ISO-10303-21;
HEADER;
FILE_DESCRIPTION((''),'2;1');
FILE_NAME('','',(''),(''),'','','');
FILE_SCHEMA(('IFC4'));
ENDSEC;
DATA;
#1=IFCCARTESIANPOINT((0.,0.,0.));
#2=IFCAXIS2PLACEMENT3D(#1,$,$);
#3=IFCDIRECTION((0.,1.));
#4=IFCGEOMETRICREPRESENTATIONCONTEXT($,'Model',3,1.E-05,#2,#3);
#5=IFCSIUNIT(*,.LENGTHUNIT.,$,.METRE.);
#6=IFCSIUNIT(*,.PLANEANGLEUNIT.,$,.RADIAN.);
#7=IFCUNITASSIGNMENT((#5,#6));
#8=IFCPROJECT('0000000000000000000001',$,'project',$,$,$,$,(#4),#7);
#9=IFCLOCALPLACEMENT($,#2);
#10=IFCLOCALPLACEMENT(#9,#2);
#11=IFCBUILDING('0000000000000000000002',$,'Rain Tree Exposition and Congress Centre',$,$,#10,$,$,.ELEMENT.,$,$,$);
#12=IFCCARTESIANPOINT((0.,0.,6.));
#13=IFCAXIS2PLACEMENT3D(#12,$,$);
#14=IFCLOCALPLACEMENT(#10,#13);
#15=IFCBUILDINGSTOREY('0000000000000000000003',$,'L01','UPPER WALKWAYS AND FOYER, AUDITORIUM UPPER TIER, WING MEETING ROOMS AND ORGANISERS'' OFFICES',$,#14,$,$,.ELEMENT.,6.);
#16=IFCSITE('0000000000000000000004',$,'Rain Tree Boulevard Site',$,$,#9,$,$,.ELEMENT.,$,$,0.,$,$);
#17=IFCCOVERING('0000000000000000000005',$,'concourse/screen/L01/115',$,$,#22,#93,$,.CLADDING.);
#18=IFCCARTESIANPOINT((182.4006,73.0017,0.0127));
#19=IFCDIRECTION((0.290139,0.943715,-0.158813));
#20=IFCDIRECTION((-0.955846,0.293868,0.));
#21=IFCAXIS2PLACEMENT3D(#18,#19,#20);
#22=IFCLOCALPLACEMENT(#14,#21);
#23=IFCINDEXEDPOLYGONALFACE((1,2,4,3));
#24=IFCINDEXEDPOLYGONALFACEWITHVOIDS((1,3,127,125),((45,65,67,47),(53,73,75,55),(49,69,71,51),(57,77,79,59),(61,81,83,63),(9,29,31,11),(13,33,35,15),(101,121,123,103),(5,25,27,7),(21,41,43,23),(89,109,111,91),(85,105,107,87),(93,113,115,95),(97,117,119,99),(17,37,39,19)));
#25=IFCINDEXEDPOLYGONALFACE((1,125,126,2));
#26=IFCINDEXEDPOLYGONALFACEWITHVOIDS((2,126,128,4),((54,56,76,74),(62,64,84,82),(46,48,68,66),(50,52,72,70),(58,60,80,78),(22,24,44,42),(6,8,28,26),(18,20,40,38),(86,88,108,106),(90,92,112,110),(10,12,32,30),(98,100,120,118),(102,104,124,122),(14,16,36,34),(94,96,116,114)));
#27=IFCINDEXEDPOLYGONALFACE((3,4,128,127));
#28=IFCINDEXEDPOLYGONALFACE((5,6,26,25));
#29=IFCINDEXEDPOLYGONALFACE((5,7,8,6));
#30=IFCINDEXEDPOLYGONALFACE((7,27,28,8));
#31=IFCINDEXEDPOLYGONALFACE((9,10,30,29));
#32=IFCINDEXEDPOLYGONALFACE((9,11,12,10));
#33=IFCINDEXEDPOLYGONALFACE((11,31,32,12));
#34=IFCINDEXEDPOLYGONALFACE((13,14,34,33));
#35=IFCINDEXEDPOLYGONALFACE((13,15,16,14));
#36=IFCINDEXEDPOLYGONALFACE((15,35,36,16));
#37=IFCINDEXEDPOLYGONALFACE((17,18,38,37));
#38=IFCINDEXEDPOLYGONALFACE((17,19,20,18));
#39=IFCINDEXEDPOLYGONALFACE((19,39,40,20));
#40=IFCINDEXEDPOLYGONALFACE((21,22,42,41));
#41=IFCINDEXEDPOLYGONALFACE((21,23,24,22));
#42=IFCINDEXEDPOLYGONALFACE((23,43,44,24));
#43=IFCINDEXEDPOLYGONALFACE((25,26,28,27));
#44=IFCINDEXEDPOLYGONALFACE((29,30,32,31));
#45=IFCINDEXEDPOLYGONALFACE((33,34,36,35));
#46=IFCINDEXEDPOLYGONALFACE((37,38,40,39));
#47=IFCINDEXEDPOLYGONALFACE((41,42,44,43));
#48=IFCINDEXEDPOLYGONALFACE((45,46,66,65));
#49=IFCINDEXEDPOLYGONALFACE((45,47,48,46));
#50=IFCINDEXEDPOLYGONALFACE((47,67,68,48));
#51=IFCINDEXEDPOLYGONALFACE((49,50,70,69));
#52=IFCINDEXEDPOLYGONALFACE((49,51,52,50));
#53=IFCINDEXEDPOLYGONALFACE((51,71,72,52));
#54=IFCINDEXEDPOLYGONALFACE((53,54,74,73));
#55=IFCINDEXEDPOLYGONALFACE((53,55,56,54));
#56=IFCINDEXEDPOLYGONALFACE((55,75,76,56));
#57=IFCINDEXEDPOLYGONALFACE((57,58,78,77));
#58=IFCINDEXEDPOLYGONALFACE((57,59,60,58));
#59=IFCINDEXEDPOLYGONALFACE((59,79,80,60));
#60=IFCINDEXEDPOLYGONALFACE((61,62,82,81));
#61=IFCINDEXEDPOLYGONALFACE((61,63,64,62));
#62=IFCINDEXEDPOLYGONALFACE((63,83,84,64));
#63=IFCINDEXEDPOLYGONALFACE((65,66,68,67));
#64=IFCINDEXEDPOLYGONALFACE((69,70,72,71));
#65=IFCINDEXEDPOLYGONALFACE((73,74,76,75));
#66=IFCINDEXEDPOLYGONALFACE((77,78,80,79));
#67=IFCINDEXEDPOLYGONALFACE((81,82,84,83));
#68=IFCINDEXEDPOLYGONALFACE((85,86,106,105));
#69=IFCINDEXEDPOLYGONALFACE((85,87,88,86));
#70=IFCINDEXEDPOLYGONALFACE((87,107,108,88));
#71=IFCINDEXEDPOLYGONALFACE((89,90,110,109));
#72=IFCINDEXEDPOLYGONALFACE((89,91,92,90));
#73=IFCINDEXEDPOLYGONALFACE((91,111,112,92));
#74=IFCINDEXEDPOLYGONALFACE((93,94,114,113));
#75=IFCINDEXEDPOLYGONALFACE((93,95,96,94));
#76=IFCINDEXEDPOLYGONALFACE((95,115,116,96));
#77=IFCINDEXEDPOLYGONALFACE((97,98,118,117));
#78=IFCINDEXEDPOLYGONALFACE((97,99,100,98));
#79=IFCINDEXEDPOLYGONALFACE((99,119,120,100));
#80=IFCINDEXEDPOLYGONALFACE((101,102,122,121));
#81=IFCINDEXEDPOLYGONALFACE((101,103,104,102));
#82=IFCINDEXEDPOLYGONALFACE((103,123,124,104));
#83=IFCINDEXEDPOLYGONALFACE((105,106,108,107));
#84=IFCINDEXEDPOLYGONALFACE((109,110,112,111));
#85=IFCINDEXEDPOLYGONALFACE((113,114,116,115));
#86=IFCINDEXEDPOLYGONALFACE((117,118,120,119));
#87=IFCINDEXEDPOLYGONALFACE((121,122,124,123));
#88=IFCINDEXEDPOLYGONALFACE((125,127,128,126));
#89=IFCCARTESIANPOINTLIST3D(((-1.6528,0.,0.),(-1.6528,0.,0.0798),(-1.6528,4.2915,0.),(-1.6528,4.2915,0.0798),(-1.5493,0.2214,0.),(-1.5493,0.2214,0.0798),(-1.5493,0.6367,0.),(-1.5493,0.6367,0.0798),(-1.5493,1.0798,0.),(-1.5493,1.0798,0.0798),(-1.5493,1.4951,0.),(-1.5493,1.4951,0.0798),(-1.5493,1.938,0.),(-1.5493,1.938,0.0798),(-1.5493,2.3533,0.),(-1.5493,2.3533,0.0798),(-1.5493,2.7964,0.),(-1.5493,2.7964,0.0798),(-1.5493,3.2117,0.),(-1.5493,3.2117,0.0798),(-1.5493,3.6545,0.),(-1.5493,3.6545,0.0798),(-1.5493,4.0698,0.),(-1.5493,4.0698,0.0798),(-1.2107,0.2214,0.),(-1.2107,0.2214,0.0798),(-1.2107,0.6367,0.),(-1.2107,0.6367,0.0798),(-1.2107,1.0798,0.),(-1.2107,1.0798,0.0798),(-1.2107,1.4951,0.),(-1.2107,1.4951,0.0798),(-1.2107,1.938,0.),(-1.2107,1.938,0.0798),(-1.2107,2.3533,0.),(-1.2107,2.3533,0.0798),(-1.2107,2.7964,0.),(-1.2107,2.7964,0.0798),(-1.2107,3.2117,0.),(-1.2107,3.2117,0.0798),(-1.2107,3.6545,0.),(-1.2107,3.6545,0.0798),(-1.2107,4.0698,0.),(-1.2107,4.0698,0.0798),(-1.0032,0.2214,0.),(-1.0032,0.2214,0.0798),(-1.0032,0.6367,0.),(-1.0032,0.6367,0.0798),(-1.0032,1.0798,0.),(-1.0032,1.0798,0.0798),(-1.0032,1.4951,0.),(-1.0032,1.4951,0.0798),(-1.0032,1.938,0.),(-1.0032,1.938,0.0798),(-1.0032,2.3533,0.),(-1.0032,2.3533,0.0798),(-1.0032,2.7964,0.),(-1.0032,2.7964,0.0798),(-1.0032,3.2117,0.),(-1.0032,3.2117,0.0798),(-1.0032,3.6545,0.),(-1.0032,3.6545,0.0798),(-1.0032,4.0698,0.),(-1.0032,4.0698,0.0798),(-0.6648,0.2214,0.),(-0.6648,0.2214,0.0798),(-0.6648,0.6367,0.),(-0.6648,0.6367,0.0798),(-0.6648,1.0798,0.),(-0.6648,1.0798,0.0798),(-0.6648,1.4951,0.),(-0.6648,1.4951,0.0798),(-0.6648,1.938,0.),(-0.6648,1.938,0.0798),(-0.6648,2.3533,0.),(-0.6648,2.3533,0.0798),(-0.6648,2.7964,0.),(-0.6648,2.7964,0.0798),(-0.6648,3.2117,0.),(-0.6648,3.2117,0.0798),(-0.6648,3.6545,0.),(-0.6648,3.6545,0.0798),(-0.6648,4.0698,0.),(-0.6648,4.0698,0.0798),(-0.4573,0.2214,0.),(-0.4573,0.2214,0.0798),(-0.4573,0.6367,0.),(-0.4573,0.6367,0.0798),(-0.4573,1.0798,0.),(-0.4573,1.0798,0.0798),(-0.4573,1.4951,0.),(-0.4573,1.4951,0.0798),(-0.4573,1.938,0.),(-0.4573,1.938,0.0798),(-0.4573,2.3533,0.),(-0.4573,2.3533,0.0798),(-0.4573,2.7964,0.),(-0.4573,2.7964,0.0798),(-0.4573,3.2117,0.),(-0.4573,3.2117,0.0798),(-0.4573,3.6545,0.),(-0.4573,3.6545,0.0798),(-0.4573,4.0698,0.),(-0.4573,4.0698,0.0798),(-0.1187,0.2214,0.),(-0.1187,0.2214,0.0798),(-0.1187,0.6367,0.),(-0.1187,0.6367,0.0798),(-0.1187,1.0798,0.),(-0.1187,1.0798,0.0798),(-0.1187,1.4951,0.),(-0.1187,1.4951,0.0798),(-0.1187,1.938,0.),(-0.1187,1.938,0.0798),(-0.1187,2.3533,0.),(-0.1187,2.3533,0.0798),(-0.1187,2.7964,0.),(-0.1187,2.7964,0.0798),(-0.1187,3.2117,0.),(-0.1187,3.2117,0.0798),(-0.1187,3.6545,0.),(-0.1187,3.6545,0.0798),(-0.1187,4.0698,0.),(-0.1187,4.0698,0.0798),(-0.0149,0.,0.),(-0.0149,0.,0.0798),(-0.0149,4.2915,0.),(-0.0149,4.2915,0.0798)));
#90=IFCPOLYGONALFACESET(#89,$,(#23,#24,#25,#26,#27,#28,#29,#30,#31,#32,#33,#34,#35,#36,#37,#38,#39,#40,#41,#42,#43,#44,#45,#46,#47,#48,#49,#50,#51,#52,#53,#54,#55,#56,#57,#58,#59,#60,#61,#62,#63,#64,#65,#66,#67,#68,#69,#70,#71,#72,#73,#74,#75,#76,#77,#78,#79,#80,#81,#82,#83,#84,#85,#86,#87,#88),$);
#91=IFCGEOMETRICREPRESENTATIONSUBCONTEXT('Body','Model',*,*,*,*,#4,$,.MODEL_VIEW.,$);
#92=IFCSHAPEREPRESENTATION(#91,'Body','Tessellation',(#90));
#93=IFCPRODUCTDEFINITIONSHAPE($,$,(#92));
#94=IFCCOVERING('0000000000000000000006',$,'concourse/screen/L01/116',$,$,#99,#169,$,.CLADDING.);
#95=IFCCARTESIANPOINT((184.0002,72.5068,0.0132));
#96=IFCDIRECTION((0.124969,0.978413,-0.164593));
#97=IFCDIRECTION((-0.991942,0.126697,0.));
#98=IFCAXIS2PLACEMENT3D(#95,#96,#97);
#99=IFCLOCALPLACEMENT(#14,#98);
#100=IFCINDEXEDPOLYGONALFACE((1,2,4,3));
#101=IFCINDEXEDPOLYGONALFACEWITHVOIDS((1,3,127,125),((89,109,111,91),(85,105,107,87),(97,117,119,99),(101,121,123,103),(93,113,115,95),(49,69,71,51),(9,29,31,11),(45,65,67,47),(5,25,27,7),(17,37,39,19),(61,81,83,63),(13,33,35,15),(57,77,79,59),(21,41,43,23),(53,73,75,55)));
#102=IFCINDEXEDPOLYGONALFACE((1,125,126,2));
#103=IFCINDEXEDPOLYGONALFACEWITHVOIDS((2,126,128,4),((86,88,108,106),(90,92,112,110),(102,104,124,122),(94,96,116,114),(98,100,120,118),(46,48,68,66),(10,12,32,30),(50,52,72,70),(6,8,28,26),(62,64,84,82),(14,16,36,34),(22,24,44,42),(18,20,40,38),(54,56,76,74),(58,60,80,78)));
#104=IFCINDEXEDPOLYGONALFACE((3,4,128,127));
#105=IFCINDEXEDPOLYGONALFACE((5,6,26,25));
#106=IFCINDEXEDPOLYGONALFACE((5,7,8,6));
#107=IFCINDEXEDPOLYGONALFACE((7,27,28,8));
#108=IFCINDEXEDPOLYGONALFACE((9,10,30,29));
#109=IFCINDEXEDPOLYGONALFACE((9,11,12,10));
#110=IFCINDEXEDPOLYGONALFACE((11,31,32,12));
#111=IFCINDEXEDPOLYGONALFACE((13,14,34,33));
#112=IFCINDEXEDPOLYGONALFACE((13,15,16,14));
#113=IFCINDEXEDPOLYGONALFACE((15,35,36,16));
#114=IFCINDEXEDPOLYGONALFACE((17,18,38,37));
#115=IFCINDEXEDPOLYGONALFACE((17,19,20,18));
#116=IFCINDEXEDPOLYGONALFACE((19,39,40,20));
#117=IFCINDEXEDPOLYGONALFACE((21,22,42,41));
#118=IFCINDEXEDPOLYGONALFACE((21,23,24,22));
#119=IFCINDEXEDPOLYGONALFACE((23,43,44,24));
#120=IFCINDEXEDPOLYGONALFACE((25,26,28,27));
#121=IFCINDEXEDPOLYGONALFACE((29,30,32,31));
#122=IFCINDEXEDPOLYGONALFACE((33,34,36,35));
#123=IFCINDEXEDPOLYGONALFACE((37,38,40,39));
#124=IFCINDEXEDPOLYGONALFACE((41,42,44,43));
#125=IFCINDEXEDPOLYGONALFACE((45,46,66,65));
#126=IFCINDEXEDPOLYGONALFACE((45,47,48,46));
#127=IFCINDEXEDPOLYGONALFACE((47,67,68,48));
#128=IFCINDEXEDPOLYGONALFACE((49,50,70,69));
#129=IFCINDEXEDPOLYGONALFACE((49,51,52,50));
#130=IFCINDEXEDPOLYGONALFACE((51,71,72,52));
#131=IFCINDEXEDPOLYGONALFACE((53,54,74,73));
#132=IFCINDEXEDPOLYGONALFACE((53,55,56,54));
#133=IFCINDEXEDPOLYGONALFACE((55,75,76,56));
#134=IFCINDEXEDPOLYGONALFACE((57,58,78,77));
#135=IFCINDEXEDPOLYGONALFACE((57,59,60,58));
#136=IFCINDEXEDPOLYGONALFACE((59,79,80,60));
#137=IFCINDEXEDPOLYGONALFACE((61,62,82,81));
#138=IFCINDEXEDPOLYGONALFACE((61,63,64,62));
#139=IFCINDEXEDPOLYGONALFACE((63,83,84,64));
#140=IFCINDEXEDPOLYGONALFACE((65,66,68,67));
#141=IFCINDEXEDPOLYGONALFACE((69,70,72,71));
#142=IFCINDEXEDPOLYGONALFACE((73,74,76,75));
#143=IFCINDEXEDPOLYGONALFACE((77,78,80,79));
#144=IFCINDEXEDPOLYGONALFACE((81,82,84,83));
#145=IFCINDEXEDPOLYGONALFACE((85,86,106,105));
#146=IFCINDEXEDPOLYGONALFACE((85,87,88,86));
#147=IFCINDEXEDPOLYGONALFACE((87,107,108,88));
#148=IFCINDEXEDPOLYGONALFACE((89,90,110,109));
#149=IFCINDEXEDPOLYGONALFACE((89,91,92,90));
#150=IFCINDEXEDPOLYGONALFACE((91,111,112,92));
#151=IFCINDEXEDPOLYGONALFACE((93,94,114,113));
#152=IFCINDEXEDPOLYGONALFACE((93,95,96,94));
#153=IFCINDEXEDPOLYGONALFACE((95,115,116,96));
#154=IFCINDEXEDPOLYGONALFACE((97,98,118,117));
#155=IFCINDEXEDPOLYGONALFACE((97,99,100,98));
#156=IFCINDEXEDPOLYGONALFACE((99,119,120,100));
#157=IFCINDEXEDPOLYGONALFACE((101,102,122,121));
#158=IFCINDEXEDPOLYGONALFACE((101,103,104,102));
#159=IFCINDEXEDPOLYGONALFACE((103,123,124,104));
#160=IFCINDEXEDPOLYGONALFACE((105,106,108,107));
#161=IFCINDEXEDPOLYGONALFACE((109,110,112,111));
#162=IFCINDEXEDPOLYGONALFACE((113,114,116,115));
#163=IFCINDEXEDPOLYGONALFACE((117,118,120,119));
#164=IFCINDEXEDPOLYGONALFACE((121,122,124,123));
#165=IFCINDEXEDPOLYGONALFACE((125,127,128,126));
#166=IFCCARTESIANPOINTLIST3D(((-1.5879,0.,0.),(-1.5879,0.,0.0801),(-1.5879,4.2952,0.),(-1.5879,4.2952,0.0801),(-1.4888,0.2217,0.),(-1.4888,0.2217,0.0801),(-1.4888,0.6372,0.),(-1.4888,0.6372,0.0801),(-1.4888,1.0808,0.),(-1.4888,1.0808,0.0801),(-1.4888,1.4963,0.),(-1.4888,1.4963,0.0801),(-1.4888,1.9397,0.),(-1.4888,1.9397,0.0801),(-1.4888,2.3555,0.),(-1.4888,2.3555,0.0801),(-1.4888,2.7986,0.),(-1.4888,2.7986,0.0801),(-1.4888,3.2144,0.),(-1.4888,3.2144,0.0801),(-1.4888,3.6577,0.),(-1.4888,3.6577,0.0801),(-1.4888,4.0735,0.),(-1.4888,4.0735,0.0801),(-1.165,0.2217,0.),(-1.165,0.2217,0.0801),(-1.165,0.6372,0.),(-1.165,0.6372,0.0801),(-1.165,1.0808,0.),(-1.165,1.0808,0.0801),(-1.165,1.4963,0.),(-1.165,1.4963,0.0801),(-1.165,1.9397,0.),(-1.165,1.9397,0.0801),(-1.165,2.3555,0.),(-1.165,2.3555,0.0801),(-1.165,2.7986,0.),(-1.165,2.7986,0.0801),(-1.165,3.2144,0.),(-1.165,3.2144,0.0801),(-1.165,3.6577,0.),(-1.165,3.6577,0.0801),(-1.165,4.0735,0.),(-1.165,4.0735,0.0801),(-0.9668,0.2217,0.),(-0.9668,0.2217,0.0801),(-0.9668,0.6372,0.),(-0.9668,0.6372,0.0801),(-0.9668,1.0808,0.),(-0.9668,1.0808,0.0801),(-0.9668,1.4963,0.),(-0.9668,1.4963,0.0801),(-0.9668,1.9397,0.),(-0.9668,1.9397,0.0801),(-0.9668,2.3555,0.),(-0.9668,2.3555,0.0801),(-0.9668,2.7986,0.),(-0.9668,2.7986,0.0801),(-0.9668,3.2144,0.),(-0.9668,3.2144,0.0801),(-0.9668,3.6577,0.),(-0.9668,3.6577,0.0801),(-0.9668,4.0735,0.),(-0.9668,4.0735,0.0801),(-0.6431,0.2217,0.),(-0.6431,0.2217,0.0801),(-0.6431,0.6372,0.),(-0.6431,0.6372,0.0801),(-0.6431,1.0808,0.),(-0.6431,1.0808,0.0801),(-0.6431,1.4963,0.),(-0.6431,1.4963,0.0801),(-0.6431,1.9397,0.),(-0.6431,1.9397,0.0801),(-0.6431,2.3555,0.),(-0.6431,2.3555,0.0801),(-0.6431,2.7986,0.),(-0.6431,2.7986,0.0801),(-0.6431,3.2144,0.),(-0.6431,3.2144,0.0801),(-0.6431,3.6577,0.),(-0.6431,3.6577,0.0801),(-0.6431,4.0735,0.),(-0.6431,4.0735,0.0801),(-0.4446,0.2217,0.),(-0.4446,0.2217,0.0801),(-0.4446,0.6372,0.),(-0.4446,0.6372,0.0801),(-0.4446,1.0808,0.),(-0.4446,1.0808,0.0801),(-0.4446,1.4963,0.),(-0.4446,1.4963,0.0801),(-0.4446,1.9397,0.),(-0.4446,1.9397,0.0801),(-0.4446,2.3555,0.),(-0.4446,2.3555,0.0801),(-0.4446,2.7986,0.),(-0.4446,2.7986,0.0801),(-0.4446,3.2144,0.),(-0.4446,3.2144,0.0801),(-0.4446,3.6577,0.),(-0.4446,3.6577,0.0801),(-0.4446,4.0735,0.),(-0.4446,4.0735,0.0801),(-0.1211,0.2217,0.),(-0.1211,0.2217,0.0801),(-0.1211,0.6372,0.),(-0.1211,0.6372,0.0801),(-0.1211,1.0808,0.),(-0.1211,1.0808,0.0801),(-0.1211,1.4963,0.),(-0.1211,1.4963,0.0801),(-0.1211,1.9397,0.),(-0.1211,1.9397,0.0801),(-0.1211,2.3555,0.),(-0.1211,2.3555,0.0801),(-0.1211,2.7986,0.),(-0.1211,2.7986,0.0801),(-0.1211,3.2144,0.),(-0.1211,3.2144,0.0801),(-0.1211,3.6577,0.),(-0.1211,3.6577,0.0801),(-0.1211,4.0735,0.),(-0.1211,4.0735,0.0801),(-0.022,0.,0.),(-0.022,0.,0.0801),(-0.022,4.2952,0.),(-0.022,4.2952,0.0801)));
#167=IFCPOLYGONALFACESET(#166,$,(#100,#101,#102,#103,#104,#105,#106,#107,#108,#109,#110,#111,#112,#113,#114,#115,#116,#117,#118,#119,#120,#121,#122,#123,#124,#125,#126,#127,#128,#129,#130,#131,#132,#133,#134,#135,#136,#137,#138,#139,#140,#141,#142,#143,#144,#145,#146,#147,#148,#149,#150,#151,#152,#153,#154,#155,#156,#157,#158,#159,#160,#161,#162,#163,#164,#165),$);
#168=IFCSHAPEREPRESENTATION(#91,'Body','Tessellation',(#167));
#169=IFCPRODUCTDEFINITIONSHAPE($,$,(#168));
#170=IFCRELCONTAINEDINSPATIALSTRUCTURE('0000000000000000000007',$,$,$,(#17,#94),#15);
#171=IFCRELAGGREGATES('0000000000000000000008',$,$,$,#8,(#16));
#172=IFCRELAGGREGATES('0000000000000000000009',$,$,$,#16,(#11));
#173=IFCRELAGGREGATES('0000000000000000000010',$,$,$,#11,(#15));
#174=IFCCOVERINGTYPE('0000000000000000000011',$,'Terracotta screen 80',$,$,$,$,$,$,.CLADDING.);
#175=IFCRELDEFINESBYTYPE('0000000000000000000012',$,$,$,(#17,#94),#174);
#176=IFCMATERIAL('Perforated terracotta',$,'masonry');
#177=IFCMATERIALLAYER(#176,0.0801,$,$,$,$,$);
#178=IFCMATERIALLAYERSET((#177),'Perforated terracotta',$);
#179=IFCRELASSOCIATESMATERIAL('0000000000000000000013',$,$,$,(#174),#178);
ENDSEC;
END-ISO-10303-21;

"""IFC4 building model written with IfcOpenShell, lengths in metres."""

from ifc_helpers import new_model, si_unit, direction, frame, origin, place, context, subcontext, project, spatial, polyline, outline, extrude, material, layer, layer_set, type_object, element, save


model = new_model("IFC4")

# Units and contexts
model_context = context("Model", 3, precision=1e-05, world=origin(), true_north=direction((0.0, 1.0)))
body_context = subcontext(model_context, "Body", "Model", "MODEL_VIEW")
ifc_project = project(units=[si_unit("LENGTHUNIT", "METRE"), si_unit("PLANEANGLEUNIT", "RADIAN")], contexts=[model_context])

# Site, building, storey
site_placement = place(None, origin())
site = spatial("IfcSite", under=ifc_project, at=site_placement, Name="Rain Tree Boulevard Site", CompositionType="ELEMENT", RefElevation=0.0)
building_placement = place(site_placement, origin())
building = spatial("IfcBuilding", under=site, at=building_placement, Name="Rain Tree Exposition and Congress Centre", CompositionType="ELEMENT")
storey_placement = place(building_placement, frame((0.0, 0.0, 6.0)))
storey = spatial("IfcBuildingStorey", under=building, at=storey_placement, Name="L01", Description="UPPER WALKWAYS AND FOYER, AUDITORIUM UPPER TIER, WING MEETING ROOMS AND ORGANISERS' OFFICES", CompositionType="ELEMENT", Elevation=6.0)

# Coverings
ifc_material_1 = material(Name="Perforated terracotta", Category="masonry")
ifc_layer_1 = layer(ifc_material_1, 0.0801)
ifc_layer_set_1 = layer_set([ifc_layer_1], Name="Perforated terracotta")
covering_type = type_object("IfcCoveringType", Name="Terracotta screen 80", PredefinedType="CLADDING", material=ifc_layer_set_1)
covering_1_placement = place(storey_placement, frame((182.4006, 73.0017, 0.0127), z_axis=(0.290139, 0.943715, -0.158813), x_axis=(-0.955846, 0.293868, 0.0)))
element("IfcCovering", 1, at=covering_1_placement, inside=storey, type_object=covering_type, Name="concourse/screen/L01/115", PredefinedType="CLADDING", context=body_context, shape_type="SweptSolid", body=[
    extrude(outline(polyline([(-1.6528, 0.0), (-1.6528, 4.2915), (-0.0149, 4.2915), (-0.0149, 0.0), (-1.6528, 0.0)]), holes=[polyline([(-0.1187, 0.2214), (-0.1187, 0.6367), (-0.4573, 0.6367), (-0.4573, 0.2214), (-0.1187, 0.2214)]), polyline([(-0.1187, 1.0798), (-0.1187, 1.4951), (-0.4573, 1.4951), (-0.4573, 1.0798), (-0.1187, 1.0798)]), polyline([(-0.1187, 1.938), (-0.1187, 2.3533), (-0.4573, 2.3533), (-0.4573, 1.938), (-0.1187, 1.938)]), polyline([(-0.1187, 2.7964), (-0.1187, 3.2117), (-0.4573, 3.2117), (-0.4573, 2.7964), (-0.1187, 2.7964)]), polyline([(-0.1187, 3.6545), (-0.1187, 4.0698), (-0.4573, 4.0698), (-0.4573, 3.6545), (-0.1187, 3.6545)]), polyline([(-0.6648, 0.2214), (-0.6648, 0.6367), (-1.0032, 0.6367), (-1.0032, 0.2214), (-0.6648, 0.2214)]), polyline([(-0.6648, 1.0798), (-0.6648, 1.4951), (-1.0032, 1.4951), (-1.0032, 1.0798), (-0.6648, 1.0798)]), polyline([(-0.6648, 1.938), (-0.6648, 2.3533), (-1.0032, 2.3533), (-1.0032, 1.938), (-0.6648, 1.938)]), polyline([(-0.6648, 2.7964), (-0.6648, 3.2117), (-1.0032, 3.2117), (-1.0032, 2.7964), (-0.6648, 2.7964)]), polyline([(-0.6648, 3.6545), (-0.6648, 4.0698), (-1.0032, 4.0698), (-1.0032, 3.6545), (-0.6648, 3.6545)]), polyline([(-1.2107, 0.2214), (-1.2107, 0.6367), (-1.5493, 0.6367), (-1.5493, 0.2214), (-1.2107, 0.2214)]), polyline([(-1.2107, 1.0798), (-1.2107, 1.4951), (-1.5493, 1.4951), (-1.5493, 1.0798), (-1.2107, 1.0798)]), polyline([(-1.2107, 1.938), (-1.2107, 2.3533), (-1.5493, 2.3533), (-1.5493, 1.938), (-1.2107, 1.938)]), polyline([(-1.2107, 2.7964), (-1.2107, 3.2117), (-1.5493, 3.2117), (-1.5493, 2.7964), (-1.2107, 2.7964)]), polyline([(-1.2107, 3.6545), (-1.2107, 4.0698), (-1.5493, 4.0698), (-1.5493, 3.6545), (-1.2107, 3.6545)])]), origin(), (0.0, 0.0, 1.0), 0.0798),
])
covering_2_placement = place(storey_placement, frame((184.0002, 72.5068, 0.0132), z_axis=(0.124969, 0.978413, -0.164593), x_axis=(-0.991942, 0.126697, 0.0)))
element("IfcCovering", 2, at=covering_2_placement, inside=storey, type_object=covering_type, Name="concourse/screen/L01/116", PredefinedType="CLADDING", context=body_context, shape_type="SweptSolid", body=[
    extrude(outline(polyline([(-1.5879, 0.0), (-1.5879, 4.2952), (-0.022, 4.2952), (-0.022, 0.0), (-1.5879, 0.0)]), holes=[polyline([(-0.1211, 0.2217), (-0.1211, 0.6372), (-0.4446, 0.6372), (-0.4446, 0.2217), (-0.1211, 0.2217)]), polyline([(-0.1211, 1.0808), (-0.1211, 1.4963), (-0.4446, 1.4963), (-0.4446, 1.0808), (-0.1211, 1.0808)]), polyline([(-0.1211, 1.9397), (-0.1211, 2.3555), (-0.4446, 2.3555), (-0.4446, 1.9397), (-0.1211, 1.9397)]), polyline([(-0.1211, 2.7986), (-0.1211, 3.2144), (-0.4446, 3.2144), (-0.4446, 2.7986), (-0.1211, 2.7986)]), polyline([(-0.1211, 3.6577), (-0.1211, 4.0735), (-0.4446, 4.0735), (-0.4446, 3.6577), (-0.1211, 3.6577)]), polyline([(-0.6431, 0.2217), (-0.6431, 0.6372), (-0.9668, 0.6372), (-0.9668, 0.2217), (-0.6431, 0.2217)]), polyline([(-0.6431, 1.0808), (-0.6431, 1.4963), (-0.9668, 1.4963), (-0.9668, 1.0808), (-0.6431, 1.0808)]), polyline([(-0.6431, 1.9397), (-0.6431, 2.3555), (-0.9668, 2.3555), (-0.9668, 1.9397), (-0.6431, 1.9397)]), polyline([(-0.6431, 2.7986), (-0.6431, 3.2144), (-0.9668, 3.2144), (-0.9668, 2.7986), (-0.6431, 2.7986)]), polyline([(-0.6431, 3.6577), (-0.6431, 4.0735), (-0.9668, 4.0735), (-0.9668, 3.6577), (-0.6431, 3.6577)]), polyline([(-1.165, 0.2217), (-1.165, 0.6372), (-1.4888, 0.6372), (-1.4888, 0.2217), (-1.165, 0.2217)]), polyline([(-1.165, 1.0808), (-1.165, 1.4963), (-1.4888, 1.4963), (-1.4888, 1.0808), (-1.165, 1.0808)]), polyline([(-1.165, 1.9397), (-1.165, 2.3555), (-1.4888, 2.3555), (-1.4888, 1.9397), (-1.165, 1.9397)]), polyline([(-1.165, 2.7986), (-1.165, 3.2144), (-1.4888, 3.2144), (-1.4888, 2.7986), (-1.165, 2.7986)]), polyline([(-1.165, 3.6577), (-1.165, 4.0735), (-1.4888, 4.0735), (-1.4888, 3.6577), (-1.165, 3.6577)])]), origin(), (0.0, 0.0, 1.0), 0.0801),
])

save(model, "model.ifc")
